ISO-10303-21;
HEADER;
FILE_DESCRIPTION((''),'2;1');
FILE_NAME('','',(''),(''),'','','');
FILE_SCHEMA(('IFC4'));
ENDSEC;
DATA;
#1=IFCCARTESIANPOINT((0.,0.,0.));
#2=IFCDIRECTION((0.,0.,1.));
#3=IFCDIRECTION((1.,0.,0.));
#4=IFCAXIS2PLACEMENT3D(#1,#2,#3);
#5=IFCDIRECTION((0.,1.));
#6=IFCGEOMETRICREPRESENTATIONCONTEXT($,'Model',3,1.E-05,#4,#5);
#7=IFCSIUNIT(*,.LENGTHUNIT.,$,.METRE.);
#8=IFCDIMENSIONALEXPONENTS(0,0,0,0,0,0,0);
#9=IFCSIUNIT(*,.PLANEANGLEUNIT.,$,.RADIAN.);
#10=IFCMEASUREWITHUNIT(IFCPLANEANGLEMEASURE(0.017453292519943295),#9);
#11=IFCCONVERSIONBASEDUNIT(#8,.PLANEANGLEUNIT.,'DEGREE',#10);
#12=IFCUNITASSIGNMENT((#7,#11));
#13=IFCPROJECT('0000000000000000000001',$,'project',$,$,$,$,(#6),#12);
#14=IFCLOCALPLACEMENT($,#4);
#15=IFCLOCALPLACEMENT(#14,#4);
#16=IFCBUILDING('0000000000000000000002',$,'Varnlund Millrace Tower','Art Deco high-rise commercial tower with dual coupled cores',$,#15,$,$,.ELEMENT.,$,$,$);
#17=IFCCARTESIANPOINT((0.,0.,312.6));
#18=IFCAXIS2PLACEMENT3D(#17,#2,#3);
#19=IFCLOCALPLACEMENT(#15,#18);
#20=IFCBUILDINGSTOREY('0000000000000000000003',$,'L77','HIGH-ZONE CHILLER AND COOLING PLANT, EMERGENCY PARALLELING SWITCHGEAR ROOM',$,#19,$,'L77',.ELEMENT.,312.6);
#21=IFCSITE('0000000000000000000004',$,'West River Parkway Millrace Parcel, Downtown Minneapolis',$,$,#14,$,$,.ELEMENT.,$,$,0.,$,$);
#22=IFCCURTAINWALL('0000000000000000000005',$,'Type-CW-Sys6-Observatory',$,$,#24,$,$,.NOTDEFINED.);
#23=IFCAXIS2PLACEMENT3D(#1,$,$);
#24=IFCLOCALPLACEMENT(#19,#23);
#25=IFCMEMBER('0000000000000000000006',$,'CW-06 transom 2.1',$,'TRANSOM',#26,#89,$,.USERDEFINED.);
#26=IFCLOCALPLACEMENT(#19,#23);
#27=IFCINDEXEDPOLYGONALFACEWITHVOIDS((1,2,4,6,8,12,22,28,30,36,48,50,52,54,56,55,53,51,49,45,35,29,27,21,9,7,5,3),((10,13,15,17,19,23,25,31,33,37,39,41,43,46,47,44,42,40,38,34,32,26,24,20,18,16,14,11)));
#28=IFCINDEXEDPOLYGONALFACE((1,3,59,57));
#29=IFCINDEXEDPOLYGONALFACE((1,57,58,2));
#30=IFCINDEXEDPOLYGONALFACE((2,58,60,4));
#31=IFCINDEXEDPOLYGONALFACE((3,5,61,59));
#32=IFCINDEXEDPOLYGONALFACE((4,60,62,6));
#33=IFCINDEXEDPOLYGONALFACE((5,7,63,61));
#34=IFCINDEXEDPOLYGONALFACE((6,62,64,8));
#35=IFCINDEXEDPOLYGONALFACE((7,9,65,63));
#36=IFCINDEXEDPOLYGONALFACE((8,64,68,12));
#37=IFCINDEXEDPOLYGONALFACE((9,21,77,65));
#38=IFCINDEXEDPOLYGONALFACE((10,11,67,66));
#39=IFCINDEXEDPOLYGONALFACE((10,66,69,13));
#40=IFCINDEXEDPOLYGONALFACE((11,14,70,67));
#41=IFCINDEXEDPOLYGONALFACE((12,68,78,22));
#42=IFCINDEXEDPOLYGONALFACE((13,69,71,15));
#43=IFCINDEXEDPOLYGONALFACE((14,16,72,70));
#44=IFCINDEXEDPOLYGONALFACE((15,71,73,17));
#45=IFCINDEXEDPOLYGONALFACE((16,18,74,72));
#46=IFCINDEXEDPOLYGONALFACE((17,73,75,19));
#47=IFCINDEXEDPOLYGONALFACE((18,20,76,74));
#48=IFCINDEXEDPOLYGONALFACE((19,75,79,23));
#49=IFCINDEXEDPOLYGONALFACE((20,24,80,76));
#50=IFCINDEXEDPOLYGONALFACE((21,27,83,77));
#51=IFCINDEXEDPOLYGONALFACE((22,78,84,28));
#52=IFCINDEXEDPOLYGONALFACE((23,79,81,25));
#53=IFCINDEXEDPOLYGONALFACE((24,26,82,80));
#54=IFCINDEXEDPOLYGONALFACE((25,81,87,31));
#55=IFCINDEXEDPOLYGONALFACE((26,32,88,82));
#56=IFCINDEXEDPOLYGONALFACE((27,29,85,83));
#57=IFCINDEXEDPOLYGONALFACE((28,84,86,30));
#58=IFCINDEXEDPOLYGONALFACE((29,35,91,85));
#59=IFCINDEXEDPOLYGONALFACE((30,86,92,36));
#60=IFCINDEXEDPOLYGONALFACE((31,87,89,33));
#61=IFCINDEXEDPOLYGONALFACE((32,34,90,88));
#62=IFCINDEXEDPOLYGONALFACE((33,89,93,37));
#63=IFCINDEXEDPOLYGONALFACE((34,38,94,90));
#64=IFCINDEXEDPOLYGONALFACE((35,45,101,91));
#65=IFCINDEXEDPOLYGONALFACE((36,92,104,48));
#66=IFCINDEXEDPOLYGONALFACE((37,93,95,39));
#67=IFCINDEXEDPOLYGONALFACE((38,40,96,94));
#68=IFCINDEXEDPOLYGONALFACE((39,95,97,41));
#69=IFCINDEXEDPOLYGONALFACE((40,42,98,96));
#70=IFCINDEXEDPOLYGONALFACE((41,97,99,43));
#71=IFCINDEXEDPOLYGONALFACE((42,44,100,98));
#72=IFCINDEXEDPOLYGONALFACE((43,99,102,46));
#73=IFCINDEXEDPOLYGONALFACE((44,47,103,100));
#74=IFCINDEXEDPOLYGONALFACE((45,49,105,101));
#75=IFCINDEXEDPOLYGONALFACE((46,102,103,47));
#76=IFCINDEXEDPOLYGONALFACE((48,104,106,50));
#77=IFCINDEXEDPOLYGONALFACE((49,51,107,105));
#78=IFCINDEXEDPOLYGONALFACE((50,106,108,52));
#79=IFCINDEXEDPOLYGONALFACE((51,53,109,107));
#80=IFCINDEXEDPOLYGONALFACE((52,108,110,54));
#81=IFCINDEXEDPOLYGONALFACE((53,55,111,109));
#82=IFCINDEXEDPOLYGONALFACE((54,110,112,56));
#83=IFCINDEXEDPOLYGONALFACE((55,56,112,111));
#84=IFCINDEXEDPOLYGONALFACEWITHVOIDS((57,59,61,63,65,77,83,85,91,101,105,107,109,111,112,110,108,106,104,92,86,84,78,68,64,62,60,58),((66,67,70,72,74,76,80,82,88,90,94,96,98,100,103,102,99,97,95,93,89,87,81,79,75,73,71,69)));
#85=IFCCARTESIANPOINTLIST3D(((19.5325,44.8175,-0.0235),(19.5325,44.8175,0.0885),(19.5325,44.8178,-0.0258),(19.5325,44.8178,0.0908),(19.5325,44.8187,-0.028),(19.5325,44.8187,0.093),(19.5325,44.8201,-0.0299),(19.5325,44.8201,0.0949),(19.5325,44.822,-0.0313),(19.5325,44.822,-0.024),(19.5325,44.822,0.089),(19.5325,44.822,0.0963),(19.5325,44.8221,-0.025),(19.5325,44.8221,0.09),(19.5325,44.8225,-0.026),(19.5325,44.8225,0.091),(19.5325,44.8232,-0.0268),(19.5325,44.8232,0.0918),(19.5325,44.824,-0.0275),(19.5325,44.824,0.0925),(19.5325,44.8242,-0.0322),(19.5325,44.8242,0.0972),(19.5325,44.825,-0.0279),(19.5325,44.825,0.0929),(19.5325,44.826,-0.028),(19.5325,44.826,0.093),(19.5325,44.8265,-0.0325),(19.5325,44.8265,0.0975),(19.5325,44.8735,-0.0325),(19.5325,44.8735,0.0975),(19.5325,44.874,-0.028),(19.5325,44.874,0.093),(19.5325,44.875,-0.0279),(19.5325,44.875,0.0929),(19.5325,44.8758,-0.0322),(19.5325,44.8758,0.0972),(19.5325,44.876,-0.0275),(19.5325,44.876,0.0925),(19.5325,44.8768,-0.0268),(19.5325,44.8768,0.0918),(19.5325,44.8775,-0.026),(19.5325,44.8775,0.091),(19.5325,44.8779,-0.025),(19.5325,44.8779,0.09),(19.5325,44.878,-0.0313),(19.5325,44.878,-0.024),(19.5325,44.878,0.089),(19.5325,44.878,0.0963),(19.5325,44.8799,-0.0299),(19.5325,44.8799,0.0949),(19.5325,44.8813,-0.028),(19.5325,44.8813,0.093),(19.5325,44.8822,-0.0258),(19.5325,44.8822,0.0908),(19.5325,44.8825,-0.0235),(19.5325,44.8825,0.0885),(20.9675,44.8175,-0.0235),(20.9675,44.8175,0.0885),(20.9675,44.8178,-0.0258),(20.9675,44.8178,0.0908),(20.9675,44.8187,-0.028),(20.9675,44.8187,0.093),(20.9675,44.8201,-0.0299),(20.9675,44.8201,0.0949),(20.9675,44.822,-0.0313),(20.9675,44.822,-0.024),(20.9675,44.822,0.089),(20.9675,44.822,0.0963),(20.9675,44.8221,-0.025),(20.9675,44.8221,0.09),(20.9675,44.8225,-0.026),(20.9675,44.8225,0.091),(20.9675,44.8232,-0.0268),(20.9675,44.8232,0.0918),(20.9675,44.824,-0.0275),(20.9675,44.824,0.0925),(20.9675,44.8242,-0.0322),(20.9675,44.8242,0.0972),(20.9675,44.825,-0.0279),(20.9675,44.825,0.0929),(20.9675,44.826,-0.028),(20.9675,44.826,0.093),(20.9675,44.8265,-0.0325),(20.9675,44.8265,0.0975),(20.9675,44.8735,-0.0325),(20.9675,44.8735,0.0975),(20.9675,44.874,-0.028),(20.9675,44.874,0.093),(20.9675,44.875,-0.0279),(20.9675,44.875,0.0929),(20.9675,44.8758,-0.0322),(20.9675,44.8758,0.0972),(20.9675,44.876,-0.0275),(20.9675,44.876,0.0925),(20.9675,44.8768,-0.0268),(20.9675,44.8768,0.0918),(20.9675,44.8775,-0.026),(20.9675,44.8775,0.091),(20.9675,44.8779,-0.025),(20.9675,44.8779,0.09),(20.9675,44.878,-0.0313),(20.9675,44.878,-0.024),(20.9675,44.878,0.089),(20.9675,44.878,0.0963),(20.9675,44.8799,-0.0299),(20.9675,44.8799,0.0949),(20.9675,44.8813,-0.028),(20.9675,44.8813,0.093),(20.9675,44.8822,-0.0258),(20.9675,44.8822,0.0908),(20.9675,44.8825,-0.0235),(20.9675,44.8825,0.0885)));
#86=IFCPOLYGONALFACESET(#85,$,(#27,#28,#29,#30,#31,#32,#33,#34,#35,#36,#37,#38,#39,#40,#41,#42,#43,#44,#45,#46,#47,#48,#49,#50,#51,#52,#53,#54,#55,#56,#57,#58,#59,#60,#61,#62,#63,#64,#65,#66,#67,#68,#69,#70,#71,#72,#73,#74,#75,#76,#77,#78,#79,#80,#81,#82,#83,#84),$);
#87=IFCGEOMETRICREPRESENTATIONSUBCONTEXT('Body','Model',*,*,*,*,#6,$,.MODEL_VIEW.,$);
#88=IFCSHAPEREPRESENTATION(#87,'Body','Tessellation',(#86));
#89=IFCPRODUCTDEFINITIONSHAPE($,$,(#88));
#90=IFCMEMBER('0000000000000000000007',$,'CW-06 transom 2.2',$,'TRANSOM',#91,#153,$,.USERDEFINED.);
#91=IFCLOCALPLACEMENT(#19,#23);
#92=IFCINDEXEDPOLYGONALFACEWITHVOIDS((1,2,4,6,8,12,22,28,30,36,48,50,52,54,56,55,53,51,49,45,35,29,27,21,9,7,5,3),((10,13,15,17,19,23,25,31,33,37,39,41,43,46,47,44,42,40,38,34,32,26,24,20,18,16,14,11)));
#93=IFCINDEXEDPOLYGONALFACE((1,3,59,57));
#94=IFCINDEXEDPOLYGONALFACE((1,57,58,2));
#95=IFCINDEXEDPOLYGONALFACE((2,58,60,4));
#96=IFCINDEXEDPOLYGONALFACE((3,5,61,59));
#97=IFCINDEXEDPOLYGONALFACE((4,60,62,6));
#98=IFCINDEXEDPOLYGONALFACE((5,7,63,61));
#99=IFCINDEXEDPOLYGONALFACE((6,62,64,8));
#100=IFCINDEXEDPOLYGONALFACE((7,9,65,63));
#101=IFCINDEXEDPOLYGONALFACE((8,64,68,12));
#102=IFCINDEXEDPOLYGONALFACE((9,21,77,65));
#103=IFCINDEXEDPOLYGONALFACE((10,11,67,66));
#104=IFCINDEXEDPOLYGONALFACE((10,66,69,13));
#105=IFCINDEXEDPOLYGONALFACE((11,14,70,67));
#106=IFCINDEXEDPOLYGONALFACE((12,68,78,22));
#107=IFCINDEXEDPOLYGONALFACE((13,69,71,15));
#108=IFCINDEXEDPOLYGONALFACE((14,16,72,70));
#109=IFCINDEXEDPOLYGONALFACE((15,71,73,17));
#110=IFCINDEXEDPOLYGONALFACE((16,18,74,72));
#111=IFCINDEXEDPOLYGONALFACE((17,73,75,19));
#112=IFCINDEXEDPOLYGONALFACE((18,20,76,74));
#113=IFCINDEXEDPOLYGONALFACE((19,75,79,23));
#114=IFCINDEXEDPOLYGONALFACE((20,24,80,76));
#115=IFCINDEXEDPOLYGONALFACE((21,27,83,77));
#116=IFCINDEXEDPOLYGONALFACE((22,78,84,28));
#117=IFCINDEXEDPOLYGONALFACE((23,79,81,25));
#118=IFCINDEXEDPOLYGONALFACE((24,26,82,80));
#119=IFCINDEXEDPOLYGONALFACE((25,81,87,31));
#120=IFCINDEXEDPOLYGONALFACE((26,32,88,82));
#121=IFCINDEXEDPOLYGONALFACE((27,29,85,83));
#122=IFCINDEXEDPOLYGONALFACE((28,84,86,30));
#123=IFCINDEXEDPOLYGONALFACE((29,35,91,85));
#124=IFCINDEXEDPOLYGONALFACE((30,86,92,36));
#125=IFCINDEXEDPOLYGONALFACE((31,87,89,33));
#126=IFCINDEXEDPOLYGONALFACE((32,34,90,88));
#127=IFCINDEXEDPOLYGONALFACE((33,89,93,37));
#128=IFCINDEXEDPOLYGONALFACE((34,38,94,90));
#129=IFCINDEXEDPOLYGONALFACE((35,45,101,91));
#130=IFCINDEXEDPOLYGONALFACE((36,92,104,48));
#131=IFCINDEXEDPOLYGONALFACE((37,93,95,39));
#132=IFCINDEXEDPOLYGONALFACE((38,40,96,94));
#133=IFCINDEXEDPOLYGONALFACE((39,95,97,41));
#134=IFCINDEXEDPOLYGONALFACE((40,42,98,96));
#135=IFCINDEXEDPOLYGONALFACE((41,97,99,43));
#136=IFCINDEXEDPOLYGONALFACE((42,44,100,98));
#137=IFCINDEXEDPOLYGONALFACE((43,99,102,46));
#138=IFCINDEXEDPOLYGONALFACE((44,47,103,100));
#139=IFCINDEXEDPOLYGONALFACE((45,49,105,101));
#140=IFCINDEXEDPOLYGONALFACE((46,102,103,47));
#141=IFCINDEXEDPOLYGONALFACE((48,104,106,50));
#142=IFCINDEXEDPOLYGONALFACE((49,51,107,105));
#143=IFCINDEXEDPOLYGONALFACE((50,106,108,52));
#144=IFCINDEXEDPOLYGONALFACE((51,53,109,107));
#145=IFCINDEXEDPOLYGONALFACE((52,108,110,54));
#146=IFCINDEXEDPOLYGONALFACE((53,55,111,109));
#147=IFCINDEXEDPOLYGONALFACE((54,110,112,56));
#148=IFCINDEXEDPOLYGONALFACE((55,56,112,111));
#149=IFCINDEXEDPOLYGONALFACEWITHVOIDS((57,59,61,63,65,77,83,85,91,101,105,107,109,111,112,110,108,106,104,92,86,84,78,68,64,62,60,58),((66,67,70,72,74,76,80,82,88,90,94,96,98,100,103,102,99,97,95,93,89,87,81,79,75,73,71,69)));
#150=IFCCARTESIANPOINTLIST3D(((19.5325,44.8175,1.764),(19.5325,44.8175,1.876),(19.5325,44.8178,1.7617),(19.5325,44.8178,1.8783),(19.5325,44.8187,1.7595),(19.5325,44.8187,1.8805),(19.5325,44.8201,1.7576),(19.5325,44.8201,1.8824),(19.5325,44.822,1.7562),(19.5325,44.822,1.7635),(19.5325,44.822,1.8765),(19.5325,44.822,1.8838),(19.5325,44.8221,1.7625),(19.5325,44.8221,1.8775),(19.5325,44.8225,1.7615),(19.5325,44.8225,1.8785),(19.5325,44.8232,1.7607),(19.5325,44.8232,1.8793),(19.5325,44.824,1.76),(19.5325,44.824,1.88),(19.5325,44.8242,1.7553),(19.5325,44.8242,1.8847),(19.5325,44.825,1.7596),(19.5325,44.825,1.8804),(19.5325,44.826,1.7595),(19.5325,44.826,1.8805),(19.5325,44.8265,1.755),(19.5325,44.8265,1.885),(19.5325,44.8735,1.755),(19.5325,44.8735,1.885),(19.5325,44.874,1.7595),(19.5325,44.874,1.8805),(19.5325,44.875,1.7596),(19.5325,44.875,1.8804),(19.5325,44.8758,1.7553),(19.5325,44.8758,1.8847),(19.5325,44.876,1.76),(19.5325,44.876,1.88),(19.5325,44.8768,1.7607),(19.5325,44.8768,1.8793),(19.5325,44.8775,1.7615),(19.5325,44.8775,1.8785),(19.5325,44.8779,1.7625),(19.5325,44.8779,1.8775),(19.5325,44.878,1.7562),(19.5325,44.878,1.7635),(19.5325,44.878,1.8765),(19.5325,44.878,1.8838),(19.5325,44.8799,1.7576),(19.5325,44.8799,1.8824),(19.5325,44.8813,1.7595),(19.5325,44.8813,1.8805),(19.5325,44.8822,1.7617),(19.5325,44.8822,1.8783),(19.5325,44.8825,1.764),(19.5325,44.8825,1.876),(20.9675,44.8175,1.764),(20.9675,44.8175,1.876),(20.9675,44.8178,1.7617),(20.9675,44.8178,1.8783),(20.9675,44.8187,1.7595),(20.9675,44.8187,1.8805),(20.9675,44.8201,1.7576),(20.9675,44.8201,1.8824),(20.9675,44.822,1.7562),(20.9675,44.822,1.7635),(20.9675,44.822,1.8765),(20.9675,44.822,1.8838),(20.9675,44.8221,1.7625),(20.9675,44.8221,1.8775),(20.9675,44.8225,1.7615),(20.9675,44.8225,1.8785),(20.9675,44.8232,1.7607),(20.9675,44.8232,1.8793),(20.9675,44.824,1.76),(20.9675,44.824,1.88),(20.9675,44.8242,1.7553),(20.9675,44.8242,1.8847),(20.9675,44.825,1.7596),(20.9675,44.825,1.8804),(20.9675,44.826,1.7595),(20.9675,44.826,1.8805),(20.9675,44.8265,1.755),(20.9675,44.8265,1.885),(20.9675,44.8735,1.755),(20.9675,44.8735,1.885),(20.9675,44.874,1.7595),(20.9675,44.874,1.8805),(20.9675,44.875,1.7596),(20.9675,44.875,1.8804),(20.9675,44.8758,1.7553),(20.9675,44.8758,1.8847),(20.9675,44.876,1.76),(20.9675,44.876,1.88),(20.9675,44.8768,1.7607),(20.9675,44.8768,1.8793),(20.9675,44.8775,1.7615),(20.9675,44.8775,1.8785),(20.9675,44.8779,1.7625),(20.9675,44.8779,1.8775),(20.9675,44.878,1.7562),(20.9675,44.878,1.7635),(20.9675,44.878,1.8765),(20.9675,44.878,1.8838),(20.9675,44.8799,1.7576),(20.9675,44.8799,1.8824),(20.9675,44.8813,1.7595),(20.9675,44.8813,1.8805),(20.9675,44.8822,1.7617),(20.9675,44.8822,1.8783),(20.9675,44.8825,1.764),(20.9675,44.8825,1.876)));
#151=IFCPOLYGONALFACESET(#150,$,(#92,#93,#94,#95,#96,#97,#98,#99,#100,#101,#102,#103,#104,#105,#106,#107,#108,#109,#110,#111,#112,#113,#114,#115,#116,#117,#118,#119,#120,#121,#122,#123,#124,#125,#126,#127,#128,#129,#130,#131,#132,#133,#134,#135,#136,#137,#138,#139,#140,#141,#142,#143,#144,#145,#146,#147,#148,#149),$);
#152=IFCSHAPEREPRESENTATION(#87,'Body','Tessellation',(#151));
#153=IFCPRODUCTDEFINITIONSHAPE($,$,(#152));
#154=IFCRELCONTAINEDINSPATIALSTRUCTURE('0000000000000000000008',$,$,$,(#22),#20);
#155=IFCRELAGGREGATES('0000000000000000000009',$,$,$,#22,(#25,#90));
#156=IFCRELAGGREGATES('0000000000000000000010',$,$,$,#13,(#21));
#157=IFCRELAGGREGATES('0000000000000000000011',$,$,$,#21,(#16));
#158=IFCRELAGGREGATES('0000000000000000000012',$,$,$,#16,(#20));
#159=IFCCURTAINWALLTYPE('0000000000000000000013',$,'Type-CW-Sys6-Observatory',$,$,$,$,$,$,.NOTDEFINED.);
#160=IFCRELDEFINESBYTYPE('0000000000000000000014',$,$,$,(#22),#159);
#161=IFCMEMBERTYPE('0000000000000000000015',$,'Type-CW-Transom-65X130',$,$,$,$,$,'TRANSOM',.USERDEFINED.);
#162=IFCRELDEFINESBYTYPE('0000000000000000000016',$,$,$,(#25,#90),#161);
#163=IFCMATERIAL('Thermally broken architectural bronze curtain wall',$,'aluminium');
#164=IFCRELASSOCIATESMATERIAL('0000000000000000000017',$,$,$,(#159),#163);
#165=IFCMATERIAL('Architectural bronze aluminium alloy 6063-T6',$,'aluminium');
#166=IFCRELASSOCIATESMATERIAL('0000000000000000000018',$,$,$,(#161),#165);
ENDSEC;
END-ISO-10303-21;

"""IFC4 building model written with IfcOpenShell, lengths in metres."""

from ifc_helpers import new_model, entity, si_unit, converted_unit, direction, frame, origin_with_axes, origin_2d_with_axis, place, context, subcontext, project, spatial, hollow_rectangle, extrude, material, material_profile, profile_set, type_object, element, aggregate, save


model = new_model("IFC4")

# Units and contexts
model_context = context("Model", 3, precision=1e-05, world=origin_with_axes(), true_north=direction((0.0, 1.0)))
body_context = subcontext(model_context, "Body", "Model", "MODEL_VIEW")
ifc_project = project(units=[si_unit("LENGTHUNIT", "METRE"), converted_unit("PLANEANGLEUNIT", "DEGREE", entity("IfcPlaneAngleMeasure", 0.017453292519943295), si_unit("PLANEANGLEUNIT", "RADIAN"), dimensions=[0, 0, 0, 0, 0, 0, 0])], contexts=[model_context])

# Site, building, storey
site_placement = place(None, origin_with_axes())
site = spatial("IfcSite", under=ifc_project, at=site_placement, Name="West River Parkway Millrace Parcel, Downtown Minneapolis", CompositionType="ELEMENT", RefElevation=0.0)
building_placement = place(site_placement, origin_with_axes())
building = spatial("IfcBuilding", under=site, at=building_placement, Name="Varnlund Millrace Tower", Description="Art Deco high-rise commercial tower with dual coupled cores", CompositionType="ELEMENT")
storey_placement = place(building_placement, frame((0.0, 0.0, 312.6), z_axis=(0.0, 0.0, 1.0), x_axis=(1.0, 0.0, 0.0)))
storey = spatial("IfcBuildingStorey", under=building, at=storey_placement, Name="L77", Description="HIGH-ZONE CHILLER AND COOLING PLANT, EMERGENCY PARALLELING SWITCHGEAR ROOM", LongName="L77", CompositionType="ELEMENT", Elevation=312.6)

# Curtain wall, members
ifc_material_1 = material(Name="Thermally broken architectural bronze curtain wall", Category="aluminium")
curtain_wall_type = type_object("IfcCurtainWallType", Name="Type-CW-Sys6-Observatory", PredefinedType="NOTDEFINED", material=ifc_material_1)
ifc_material_2 = material(Name="Architectural bronze aluminium alloy 6063-T6", Category="aluminium")
ifc_material_profile_1 = material_profile(ifc_material_2, hollow_rectangle(XDim=0.065, YDim=0.13, WallThickness=0.0045, InnerFilletRadius=0.004, OuterFilletRadius=0.009, at=origin_2d_with_axis()), Name="Architectural bronze aluminium alloy 6063-T6")
ifc_profile_set_1 = profile_set([ifc_material_profile_1], Name="Architectural bronze aluminium alloy 6063-T6")
member_type = type_object("IfcMemberType", Name="Type-CW-Transom-65X130", ElementType="TRANSOM", PredefinedType="USERDEFINED", material=ifc_profile_set_1)
curtain_wall_1_placement = place(storey_placement, frame((18.0, 44.85, 0.0), z_axis=(0.0, 0.0, 1.0), x_axis=(1.0, 0.0, 0.0)))
curtain_wall_1 = element("IfcCurtainWall", 1, at=curtain_wall_1_placement, inside=storey, type_object=curtain_wall_type, Name="Type-CW-Sys6-Observatory", PredefinedType="NOTDEFINED")
member_1_placement = place(storey_placement, frame((19.5325, 44.85, 0.0325), z_axis=(1.0, 0.0, 0.0), x_axis=(0.0, 1.0, 0.0)))
member_1 = element("IfcMember", 2, at=member_1_placement, type_object=member_type, Name="CW-06 transom 2.1", ObjectType="TRANSOM", PredefinedType="USERDEFINED", context=body_context, shape_type="SweptSolid", body=[
    extrude(hollow_rectangle(XDim=0.065, YDim=0.13, WallThickness=0.0045, InnerFilletRadius=0.004, OuterFilletRadius=0.009, at=origin_2d_with_axis()), origin_with_axes(), (0.0, 0.0, 1.0), 1.435),
])
member_2_placement = place(storey_placement, frame((19.5325, 44.85, 1.82), z_axis=(1.0, 0.0, 0.0), x_axis=(0.0, 1.0, 0.0)))
member_2 = element("IfcMember", 3, at=member_2_placement, type_object=member_type, Name="CW-06 transom 2.2", ObjectType="TRANSOM", PredefinedType="USERDEFINED", context=body_context, shape_type="SweptSolid", body=[
    extrude(hollow_rectangle(XDim=0.065, YDim=0.13, WallThickness=0.0045, InnerFilletRadius=0.004, OuterFilletRadius=0.009, at=origin_2d_with_axis()), origin_with_axes(), (0.0, 0.0, 1.0), 1.435),
])

aggregate(curtain_wall_1, [member_1, member_2])

save(model, "model.ifc")
